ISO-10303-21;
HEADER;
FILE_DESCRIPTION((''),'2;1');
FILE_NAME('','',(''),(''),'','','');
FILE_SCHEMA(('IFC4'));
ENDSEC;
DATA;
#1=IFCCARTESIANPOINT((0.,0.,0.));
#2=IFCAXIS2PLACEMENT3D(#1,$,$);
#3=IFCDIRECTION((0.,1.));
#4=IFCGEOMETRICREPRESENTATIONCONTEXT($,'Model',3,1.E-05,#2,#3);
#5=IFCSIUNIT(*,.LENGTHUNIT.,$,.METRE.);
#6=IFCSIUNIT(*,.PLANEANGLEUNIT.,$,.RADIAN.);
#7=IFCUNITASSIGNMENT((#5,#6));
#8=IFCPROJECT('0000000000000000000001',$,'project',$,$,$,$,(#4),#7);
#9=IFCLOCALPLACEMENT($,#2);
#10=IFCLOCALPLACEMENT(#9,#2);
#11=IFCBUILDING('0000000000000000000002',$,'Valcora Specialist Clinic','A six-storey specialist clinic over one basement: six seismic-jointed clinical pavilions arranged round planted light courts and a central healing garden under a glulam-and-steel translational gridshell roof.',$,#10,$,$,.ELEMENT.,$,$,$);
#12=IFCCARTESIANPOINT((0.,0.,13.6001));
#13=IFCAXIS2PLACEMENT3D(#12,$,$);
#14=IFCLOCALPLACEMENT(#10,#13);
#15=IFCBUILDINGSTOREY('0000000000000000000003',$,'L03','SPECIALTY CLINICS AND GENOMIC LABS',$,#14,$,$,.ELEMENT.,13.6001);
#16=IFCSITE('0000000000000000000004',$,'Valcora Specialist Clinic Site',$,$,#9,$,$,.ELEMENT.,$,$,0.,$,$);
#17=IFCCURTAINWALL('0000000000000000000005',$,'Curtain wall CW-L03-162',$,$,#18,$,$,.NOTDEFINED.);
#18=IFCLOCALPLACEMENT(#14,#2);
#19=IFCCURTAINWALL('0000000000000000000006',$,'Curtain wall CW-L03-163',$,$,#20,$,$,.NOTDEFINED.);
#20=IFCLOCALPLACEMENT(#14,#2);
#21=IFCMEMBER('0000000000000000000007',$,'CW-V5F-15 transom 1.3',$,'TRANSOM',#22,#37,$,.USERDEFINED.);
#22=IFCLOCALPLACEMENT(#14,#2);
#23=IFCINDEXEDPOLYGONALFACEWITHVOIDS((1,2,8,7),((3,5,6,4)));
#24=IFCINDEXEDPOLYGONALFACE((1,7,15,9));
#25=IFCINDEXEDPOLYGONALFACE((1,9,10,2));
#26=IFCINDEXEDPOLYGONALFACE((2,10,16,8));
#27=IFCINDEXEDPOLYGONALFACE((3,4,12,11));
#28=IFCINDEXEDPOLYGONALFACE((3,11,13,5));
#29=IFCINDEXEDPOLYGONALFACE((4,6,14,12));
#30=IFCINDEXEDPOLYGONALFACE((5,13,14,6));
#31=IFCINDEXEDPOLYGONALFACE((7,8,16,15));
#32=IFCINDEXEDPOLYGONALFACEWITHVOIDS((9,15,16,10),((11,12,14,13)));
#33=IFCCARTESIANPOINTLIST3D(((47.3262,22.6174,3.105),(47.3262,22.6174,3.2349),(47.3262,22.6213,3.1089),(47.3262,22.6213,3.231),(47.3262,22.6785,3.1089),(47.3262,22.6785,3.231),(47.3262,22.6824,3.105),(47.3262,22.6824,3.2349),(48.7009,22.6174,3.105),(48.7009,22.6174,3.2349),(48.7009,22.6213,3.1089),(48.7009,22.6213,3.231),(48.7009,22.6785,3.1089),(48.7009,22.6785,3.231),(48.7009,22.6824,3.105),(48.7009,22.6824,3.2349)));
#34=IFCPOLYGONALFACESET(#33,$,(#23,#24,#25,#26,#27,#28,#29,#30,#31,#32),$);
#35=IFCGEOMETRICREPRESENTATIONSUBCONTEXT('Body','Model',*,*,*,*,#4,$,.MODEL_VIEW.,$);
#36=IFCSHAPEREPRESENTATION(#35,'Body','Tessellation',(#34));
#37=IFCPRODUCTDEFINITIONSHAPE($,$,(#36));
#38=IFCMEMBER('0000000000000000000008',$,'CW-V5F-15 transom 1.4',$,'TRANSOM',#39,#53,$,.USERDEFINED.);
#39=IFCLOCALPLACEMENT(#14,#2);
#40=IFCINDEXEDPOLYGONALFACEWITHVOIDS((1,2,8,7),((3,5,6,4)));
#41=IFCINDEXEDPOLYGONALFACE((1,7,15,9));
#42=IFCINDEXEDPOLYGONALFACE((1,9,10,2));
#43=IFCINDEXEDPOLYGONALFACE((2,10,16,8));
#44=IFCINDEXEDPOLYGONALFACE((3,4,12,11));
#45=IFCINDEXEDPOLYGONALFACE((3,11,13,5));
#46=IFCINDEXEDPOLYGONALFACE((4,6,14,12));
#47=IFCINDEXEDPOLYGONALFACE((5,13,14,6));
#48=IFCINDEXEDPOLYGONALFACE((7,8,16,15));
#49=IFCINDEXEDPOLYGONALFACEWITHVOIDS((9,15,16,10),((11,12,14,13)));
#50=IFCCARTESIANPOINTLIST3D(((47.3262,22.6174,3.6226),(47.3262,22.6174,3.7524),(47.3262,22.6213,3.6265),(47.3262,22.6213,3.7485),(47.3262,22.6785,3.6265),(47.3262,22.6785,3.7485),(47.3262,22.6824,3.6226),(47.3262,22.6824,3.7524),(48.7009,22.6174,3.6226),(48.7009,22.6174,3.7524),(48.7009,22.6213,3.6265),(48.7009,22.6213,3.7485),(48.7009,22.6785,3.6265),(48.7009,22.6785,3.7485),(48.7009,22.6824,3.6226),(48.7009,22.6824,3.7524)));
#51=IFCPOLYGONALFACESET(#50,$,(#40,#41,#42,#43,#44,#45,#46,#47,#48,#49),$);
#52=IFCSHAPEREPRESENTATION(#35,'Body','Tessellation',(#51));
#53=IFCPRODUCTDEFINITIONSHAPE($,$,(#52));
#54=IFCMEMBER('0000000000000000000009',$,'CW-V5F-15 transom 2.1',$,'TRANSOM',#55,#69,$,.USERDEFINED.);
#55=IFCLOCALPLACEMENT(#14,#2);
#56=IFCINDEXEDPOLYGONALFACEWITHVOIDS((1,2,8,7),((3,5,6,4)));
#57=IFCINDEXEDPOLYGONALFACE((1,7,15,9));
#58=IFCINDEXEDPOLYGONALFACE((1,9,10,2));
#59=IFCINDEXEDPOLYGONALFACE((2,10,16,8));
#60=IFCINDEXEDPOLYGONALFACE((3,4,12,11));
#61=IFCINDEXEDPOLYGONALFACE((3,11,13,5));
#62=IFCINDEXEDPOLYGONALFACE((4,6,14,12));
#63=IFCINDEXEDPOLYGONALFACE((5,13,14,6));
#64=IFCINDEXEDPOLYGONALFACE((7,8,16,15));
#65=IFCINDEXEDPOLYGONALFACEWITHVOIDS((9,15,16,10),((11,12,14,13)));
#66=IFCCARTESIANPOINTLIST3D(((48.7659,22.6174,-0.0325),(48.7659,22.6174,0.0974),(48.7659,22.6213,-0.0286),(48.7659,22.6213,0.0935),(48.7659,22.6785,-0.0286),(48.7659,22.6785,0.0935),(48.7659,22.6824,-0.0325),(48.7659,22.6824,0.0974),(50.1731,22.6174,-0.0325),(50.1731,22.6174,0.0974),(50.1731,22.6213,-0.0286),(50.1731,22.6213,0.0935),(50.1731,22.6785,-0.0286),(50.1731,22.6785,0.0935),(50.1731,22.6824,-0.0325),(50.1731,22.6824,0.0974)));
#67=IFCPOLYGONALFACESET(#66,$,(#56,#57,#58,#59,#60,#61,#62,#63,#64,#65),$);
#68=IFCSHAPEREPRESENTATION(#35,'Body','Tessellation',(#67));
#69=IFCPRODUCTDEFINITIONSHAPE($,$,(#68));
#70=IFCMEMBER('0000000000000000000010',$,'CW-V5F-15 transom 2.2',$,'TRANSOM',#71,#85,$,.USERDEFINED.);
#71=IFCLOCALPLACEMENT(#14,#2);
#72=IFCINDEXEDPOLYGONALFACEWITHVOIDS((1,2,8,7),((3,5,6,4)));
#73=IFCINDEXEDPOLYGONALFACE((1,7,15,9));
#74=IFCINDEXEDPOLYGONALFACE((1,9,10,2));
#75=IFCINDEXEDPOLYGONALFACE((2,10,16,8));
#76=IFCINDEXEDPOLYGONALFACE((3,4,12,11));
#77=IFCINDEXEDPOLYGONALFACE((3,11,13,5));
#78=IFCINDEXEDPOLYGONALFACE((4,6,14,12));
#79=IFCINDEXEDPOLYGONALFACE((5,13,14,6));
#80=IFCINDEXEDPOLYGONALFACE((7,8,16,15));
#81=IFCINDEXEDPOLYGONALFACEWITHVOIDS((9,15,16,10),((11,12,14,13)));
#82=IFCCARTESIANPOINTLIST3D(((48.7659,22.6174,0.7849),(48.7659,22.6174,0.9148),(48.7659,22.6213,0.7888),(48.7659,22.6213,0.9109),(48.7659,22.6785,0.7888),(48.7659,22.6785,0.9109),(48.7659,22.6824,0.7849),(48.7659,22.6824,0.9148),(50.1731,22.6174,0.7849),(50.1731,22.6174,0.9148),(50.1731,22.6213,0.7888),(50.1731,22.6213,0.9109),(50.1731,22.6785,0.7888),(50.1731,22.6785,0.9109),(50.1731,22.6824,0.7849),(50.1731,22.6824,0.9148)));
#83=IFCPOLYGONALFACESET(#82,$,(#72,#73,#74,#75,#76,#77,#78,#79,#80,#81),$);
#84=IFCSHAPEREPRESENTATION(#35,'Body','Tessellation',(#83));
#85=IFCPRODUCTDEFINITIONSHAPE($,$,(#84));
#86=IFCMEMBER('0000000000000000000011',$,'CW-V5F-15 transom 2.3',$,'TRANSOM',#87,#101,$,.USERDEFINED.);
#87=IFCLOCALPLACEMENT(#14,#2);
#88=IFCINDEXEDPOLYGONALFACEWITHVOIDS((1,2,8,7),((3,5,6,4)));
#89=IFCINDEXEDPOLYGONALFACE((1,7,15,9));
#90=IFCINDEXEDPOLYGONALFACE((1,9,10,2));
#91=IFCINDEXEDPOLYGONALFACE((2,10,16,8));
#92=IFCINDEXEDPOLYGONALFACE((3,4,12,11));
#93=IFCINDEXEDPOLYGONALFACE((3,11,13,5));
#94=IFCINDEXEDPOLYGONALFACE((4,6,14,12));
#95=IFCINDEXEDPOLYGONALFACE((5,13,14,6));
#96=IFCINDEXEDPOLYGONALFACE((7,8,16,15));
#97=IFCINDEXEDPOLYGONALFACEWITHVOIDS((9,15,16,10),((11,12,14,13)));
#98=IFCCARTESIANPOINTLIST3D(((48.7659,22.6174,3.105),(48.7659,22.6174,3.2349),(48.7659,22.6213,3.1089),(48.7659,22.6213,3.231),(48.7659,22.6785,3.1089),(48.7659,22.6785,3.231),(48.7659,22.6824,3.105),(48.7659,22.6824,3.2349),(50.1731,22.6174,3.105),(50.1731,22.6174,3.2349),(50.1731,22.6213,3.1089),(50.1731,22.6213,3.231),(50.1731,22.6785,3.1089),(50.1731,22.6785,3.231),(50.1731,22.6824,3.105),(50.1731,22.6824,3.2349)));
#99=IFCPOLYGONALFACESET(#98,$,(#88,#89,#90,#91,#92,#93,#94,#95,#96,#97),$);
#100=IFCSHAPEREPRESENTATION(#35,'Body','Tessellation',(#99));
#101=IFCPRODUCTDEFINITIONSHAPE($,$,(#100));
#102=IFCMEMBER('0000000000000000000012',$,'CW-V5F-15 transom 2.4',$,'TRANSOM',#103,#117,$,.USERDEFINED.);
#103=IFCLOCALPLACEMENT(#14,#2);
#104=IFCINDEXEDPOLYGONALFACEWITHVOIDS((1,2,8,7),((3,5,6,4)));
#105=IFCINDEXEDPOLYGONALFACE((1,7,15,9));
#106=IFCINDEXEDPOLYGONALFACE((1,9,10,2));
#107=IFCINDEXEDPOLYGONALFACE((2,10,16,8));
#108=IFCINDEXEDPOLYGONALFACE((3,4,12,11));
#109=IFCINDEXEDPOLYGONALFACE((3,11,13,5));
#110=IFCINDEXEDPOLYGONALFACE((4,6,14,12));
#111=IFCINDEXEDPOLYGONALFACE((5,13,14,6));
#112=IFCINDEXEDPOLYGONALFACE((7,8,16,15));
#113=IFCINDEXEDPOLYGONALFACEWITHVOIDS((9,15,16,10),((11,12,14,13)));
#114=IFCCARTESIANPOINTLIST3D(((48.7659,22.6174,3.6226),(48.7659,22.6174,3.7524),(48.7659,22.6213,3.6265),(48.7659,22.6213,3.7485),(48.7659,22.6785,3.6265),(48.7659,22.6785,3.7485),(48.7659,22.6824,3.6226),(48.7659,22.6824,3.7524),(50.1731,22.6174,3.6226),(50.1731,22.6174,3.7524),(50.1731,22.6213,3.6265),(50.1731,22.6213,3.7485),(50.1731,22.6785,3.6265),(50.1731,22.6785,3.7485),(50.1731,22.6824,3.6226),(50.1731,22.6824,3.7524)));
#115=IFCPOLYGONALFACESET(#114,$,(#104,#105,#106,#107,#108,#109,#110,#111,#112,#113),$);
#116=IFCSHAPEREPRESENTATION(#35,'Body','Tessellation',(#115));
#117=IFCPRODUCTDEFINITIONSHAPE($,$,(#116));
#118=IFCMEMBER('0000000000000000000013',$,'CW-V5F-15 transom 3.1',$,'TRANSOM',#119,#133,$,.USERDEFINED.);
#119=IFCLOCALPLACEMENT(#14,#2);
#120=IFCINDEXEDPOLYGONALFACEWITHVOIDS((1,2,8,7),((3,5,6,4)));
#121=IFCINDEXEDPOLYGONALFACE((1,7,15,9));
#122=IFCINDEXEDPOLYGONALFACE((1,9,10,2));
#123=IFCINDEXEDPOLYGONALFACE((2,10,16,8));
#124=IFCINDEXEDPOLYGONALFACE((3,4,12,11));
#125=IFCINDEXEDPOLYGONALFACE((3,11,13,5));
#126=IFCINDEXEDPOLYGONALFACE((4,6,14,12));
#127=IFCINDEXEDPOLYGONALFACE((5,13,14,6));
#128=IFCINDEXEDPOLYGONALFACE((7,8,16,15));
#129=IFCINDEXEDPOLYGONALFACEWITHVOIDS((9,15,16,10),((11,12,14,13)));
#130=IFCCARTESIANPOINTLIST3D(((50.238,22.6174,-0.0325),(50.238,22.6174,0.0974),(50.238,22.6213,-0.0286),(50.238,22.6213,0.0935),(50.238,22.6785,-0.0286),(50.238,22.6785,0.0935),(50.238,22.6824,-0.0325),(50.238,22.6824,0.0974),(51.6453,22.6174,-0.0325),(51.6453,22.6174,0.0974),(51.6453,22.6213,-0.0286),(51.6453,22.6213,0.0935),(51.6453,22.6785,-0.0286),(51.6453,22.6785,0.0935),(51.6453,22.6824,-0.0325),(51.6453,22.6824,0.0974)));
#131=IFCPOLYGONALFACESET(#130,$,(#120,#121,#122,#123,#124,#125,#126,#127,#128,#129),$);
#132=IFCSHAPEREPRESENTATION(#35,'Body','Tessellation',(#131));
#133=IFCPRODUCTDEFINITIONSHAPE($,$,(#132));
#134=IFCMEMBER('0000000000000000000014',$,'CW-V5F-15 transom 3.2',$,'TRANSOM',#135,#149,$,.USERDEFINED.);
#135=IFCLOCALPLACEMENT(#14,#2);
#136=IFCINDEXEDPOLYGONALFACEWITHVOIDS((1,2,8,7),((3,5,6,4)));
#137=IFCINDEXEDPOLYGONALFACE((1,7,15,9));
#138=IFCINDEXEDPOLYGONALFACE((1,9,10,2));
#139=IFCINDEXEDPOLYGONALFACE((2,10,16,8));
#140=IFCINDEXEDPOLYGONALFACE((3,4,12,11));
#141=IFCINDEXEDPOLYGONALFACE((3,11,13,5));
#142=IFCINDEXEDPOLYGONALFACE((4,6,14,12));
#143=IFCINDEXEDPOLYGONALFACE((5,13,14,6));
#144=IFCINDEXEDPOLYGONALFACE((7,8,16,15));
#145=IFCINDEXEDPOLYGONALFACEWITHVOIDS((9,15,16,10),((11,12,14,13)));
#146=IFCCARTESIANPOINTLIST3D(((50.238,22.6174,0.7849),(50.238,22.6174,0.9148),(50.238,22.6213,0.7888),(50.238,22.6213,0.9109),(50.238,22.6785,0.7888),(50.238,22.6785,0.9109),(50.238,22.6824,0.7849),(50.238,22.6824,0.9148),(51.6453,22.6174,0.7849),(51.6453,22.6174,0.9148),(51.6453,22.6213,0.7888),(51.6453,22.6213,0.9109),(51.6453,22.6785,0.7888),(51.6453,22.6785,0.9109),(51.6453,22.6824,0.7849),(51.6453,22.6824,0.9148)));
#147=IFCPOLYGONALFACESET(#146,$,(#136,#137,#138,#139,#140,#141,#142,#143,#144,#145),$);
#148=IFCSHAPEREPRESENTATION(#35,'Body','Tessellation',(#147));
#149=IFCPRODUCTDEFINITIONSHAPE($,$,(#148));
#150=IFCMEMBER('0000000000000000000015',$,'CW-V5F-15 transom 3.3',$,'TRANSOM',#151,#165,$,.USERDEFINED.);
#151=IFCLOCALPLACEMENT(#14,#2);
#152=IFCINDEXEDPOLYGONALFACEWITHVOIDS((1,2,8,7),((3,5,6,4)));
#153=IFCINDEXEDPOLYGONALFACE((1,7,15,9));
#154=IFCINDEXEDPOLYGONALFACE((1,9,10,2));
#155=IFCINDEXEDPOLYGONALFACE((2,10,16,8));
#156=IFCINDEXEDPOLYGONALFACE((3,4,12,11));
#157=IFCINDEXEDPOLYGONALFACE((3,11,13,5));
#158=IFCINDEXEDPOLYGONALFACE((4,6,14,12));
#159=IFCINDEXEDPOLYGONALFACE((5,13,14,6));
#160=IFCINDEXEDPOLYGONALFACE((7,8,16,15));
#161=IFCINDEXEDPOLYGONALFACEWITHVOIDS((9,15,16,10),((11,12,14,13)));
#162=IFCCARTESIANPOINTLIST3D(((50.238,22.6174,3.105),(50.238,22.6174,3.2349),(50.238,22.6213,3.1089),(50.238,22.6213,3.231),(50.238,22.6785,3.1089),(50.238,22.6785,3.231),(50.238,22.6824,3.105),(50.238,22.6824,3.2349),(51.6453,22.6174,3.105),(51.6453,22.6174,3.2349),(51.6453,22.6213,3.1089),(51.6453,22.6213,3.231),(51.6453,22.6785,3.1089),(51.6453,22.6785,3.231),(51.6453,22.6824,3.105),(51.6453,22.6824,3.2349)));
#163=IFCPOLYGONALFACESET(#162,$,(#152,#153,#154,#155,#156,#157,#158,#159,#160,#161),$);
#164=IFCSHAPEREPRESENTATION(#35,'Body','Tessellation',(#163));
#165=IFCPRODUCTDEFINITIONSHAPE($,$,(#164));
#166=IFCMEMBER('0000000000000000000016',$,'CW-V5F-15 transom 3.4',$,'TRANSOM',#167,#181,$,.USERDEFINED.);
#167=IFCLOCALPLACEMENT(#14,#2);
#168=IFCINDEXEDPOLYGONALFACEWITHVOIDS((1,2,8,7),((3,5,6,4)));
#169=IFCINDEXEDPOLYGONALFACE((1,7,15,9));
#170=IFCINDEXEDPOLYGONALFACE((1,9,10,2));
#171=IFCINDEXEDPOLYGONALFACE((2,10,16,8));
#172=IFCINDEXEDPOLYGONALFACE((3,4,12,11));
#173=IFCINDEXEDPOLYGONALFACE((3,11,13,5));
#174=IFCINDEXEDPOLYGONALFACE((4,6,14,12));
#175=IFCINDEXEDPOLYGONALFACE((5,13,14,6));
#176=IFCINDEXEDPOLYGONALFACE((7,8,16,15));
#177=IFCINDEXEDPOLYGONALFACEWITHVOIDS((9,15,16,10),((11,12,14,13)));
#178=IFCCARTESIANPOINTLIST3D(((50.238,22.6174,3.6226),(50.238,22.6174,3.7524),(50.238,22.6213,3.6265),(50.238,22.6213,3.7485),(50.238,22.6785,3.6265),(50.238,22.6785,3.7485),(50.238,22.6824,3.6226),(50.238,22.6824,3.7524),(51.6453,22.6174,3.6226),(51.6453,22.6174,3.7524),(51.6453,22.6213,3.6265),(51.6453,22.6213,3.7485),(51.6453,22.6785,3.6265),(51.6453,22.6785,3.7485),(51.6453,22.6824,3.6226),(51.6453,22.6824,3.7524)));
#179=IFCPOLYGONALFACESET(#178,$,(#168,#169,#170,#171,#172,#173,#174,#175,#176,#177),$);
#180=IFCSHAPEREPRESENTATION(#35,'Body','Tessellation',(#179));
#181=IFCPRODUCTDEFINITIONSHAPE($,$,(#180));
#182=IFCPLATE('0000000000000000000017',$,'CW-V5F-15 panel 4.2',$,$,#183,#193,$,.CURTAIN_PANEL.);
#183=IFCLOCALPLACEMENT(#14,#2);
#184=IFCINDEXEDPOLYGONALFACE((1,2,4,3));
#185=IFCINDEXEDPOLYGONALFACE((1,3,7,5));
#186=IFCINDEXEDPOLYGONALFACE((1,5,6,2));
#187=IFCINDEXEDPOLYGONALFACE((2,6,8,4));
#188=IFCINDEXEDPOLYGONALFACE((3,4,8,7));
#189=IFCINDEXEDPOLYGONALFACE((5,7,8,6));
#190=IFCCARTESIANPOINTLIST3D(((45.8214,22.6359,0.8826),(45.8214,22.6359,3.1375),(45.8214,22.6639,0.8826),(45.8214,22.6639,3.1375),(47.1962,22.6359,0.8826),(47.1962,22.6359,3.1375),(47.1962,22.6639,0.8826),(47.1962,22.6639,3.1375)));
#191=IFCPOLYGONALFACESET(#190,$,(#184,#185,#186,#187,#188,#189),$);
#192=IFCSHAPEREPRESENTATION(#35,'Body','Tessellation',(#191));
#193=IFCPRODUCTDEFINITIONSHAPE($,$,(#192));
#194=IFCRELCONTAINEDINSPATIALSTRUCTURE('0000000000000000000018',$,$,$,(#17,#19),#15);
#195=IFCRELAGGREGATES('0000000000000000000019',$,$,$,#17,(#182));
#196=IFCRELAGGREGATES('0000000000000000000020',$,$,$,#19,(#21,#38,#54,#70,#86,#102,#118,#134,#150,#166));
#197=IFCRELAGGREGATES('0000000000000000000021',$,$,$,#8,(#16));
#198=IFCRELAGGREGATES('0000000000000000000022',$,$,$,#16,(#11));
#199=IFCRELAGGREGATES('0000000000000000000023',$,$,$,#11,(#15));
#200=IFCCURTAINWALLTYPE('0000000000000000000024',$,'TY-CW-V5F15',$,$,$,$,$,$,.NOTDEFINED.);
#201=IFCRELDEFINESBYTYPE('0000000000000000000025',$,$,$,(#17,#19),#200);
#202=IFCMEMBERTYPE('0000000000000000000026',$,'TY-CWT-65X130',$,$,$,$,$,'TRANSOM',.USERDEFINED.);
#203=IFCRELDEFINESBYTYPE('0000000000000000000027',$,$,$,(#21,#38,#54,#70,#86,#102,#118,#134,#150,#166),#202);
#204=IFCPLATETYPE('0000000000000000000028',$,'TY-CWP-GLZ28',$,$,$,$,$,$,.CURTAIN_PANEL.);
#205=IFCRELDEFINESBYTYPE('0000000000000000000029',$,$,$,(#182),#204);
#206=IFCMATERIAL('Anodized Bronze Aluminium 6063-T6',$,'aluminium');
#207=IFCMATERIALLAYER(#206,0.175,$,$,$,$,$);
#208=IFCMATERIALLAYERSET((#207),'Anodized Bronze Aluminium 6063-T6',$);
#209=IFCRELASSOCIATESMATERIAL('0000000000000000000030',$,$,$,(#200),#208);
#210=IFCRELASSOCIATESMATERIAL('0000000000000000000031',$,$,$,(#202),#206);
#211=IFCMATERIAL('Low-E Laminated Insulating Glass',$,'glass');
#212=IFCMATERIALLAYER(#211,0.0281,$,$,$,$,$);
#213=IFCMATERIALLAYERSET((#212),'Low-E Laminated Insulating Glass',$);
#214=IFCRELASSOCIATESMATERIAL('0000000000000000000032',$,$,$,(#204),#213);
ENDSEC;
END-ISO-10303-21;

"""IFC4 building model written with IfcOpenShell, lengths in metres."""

from ifc_helpers import new_model, si_unit, direction, frame, origin, origin_2d, place, context, subcontext, project, spatial, rectangle, hollow_rectangle, extrude, material, layer, layer_set, material_profile, profile_set, type_object, element, aggregate, save


model = new_model("IFC4")

# Units and contexts
model_context = context("Model", 3, precision=1e-05, world=origin(), true_north=direction((0.0, 1.0)))
body_context = subcontext(model_context, "Body", "Model", "MODEL_VIEW")
ifc_project = project(units=[si_unit("LENGTHUNIT", "METRE"), si_unit("PLANEANGLEUNIT", "RADIAN")], contexts=[model_context])

# Site, building, storey
site_placement = place(None, origin())
site = spatial("IfcSite", under=ifc_project, at=site_placement, Name="Valcora Specialist Clinic Site", CompositionType="ELEMENT", RefElevation=0.0)
building_placement = place(site_placement, origin())
building = spatial("IfcBuilding", under=site, at=building_placement, Name="Valcora Specialist Clinic", Description="A six-storey specialist clinic over one basement: six seismic-jointed clinical pavilions arranged round planted light courts and a central healing garden under a glulam-and-steel translational gridshell roof.", CompositionType="ELEMENT")
storey_placement = place(building_placement, frame((0.0, 0.0, 13.6001)))
storey = spatial("IfcBuildingStorey", under=building, at=storey_placement, Name="L03", Description="SPECIALTY CLINICS AND GENOMIC LABS", CompositionType="ELEMENT", Elevation=13.6001)

# Curtain walls
ifc_material_1 = material(Name="Anodized Bronze Aluminium 6063-T6", Category="aluminium")
ifc_layer_1 = layer(ifc_material_1, 0.175)
ifc_layer_set_1 = layer_set([ifc_layer_1], Name="Anodized Bronze Aluminium 6063-T6")
curtain_wall_type = type_object("IfcCurtainWallType", Name="TY-CW-V5F15", PredefinedType="NOTDEFINED", material=ifc_layer_set_1)
curtain_wall_1_placement = place(storey_placement, origin())
curtain_wall_1 = element("IfcCurtainWall", 1, at=curtain_wall_1_placement, inside=storey, type_object=curtain_wall_type, Name="Curtain wall CW-L03-162", PredefinedType="NOTDEFINED")
curtain_wall_2_placement = place(storey_placement, origin())
curtain_wall_2 = element("IfcCurtainWall", 2, at=curtain_wall_2_placement, inside=storey, type_object=curtain_wall_type, Name="Curtain wall CW-L03-163", PredefinedType="NOTDEFINED")

# Members
ifc_material_profile_1 = material_profile(ifc_material_1, hollow_rectangle(XDim=0.0649, YDim=0.1299, WallThickness=0.0039, at=origin_2d()), Name="AL-TRN-65X130")
ifc_profile_set_1 = profile_set([ifc_material_profile_1], Name="Anodized Bronze Aluminium 6063-T6")
member_type_1 = type_object("IfcMemberType", Name="TY-CWT-65X130", ElementType="TRANSOM", PredefinedType="USERDEFINED", material=ifc_profile_set_1)
member_1_placement = place(storey_placement, frame((47.3262, 22.6499, 3.1699), z_axis=(1.0, 0.0, 0.0), x_axis=(0.0, 1.0, 0.0)))
member_1 = element("IfcMember", 3, at=member_1_placement, type_object=member_type_1, Name="CW-V5F-15 transom 1.3", ObjectType="TRANSOM", PredefinedType="USERDEFINED", context=body_context, shape_type="SweptSolid", body=[
    extrude(hollow_rectangle(XDim=0.0649, YDim=0.1299, WallThickness=0.0039, at=origin_2d()), origin(), (0.0, 0.0, 1.0), 1.3748),
])
member_2_placement = place(storey_placement, frame((47.3262, 22.6499, 3.6875), z_axis=(1.0, 0.0, 0.0), x_axis=(0.0, 1.0, 0.0)))
member_2 = element("IfcMember", 4, at=member_2_placement, type_object=member_type_1, Name="CW-V5F-15 transom 1.4", ObjectType="TRANSOM", PredefinedType="USERDEFINED", context=body_context, shape_type="SweptSolid", body=[
    extrude(hollow_rectangle(XDim=0.0649, YDim=0.1299, WallThickness=0.0039, at=origin_2d()), origin(), (0.0, 0.0, 1.0), 1.3748),
])
member_3_placement = place(storey_placement, frame((48.7659, 22.6499, 0.0325), z_axis=(1.0, 0.0, 0.0), x_axis=(0.0, 1.0, 0.0)))
member_3 = element("IfcMember", 5, at=member_3_placement, type_object=member_type_1, Name="CW-V5F-15 transom 2.1", ObjectType="TRANSOM", PredefinedType="USERDEFINED", context=body_context, shape_type="SweptSolid", body=[
    extrude(hollow_rectangle(XDim=0.0649, YDim=0.1299, WallThickness=0.0039, at=origin_2d()), origin(), (0.0, 0.0, 1.0), 1.4072),
])
member_4_placement = place(storey_placement, frame((48.7659, 22.6499, 0.8499), z_axis=(1.0, 0.0, 0.0), x_axis=(0.0, 1.0, 0.0)))
member_4 = element("IfcMember", 6, at=member_4_placement, type_object=member_type_1, Name="CW-V5F-15 transom 2.2", ObjectType="TRANSOM", PredefinedType="USERDEFINED", context=body_context, shape_type="SweptSolid", body=[
    extrude(hollow_rectangle(XDim=0.0649, YDim=0.1299, WallThickness=0.0039, at=origin_2d()), origin(), (0.0, 0.0, 1.0), 1.4072),
])
member_5_placement = place(storey_placement, frame((48.7659, 22.6499, 3.1699), z_axis=(1.0, 0.0, 0.0), x_axis=(0.0, 1.0, 0.0)))
member_5 = element("IfcMember", 7, at=member_5_placement, type_object=member_type_1, Name="CW-V5F-15 transom 2.3", ObjectType="TRANSOM", PredefinedType="USERDEFINED", context=body_context, shape_type="SweptSolid", body=[
    extrude(hollow_rectangle(XDim=0.0649, YDim=0.1299, WallThickness=0.0039, at=origin_2d()), origin(), (0.0, 0.0, 1.0), 1.4072),
])
member_6_placement = place(storey_placement, frame((48.7659, 22.6499, 3.6875), z_axis=(1.0, 0.0, 0.0), x_axis=(0.0, 1.0, 0.0)))
member_6 = element("IfcMember", 8, at=member_6_placement, type_object=member_type_1, Name="CW-V5F-15 transom 2.4", ObjectType="TRANSOM", PredefinedType="USERDEFINED", context=body_context, shape_type="SweptSolid", body=[
    extrude(hollow_rectangle(XDim=0.0649, YDim=0.1299, WallThickness=0.0039, at=origin_2d()), origin(), (0.0, 0.0, 1.0), 1.4072),
])
member_7_placement = place(storey_placement, frame((50.238, 22.6499, 0.0325), z_axis=(1.0, 0.0, 0.0), x_axis=(0.0, 1.0, 0.0)))
member_7 = element("IfcMember", 9, at=member_7_placement, type_object=member_type_1, Name="CW-V5F-15 transom 3.1", ObjectType="TRANSOM", PredefinedType="USERDEFINED", context=body_context, shape_type="SweptSolid", body=[
    extrude(hollow_rectangle(XDim=0.0649, YDim=0.1299, WallThickness=0.0039, at=origin_2d()), origin(), (0.0, 0.0, 1.0), 1.4072),
])
member_8_placement = place(storey_placement, frame((50.238, 22.6499, 0.8499), z_axis=(1.0, 0.0, 0.0), x_axis=(0.0, 1.0, 0.0)))
member_8 = element("IfcMember", 10, at=member_8_placement, type_object=member_type_1, Name="CW-V5F-15 transom 3.2", ObjectType="TRANSOM", PredefinedType="USERDEFINED", context=body_context, shape_type="SweptSolid", body=[
    extrude(hollow_rectangle(XDim=0.0649, YDim=0.1299, WallThickness=0.0039, at=origin_2d()), origin(), (0.0, 0.0, 1.0), 1.4072),
])
member_9_placement = place(storey_placement, frame((50.238, 22.6499, 3.1699), z_axis=(1.0, 0.0, 0.0), x_axis=(0.0, 1.0, 0.0)))
member_9 = element("IfcMember", 11, at=member_9_placement, type_object=member_type_1, Name="CW-V5F-15 transom 3.3", ObjectType="TRANSOM", PredefinedType="USERDEFINED", context=body_context, shape_type="SweptSolid", body=[
    extrude(hollow_rectangle(XDim=0.0649, YDim=0.1299, WallThickness=0.0039, at=origin_2d()), origin(), (0.0, 0.0, 1.0), 1.4072),
])
member_10_placement = place(storey_placement, frame((50.238, 22.6499, 3.6875), z_axis=(1.0, 0.0, 0.0), x_axis=(0.0, 1.0, 0.0)))
member_10 = element("IfcMember", 12, at=member_10_placement, type_object=member_type_1, Name="CW-V5F-15 transom 3.4", ObjectType="TRANSOM", PredefinedType="USERDEFINED", context=body_context, shape_type="SweptSolid", body=[
    extrude(hollow_rectangle(XDim=0.0649, YDim=0.1299, WallThickness=0.0039, at=origin_2d()), origin(), (0.0, 0.0, 1.0), 1.4072),
])

# Plate
ifc_material_2 = material(Name="Low-E Laminated Insulating Glass", Category="glass")
ifc_layer_2 = layer(ifc_material_2, 0.0281)
ifc_layer_set_2 = layer_set([ifc_layer_2], Name="Low-E Laminated Insulating Glass")
plate_type_1 = type_object("IfcPlateType", Name="TY-CWP-GLZ28", PredefinedType="CURTAIN_PANEL", material=ifc_layer_set_2)
plate_1_placement = place(storey_placement, frame((46.5088, 22.6499, 0.8826), z_axis=(0.0, 0.0, 1.0), x_axis=(1.0, 0.0, 0.0)))
plate_1 = element("IfcPlate", 13, at=plate_1_placement, type_object=plate_type_1, Name="CW-V5F-15 panel 4.2", PredefinedType="CURTAIN_PANEL", context=body_context, shape_type="SweptSolid", body=[
    extrude(rectangle(XDim=1.3748, YDim=0.0281, at=origin_2d()), origin(), (0.0, 0.0, 1.0), 2.2549),
])
aggregate(curtain_wall_1, [plate_1])
aggregate(curtain_wall_2, [member_1, member_2, member_3, member_4, member_5, member_6, member_7, member_8, member_9, member_10])

save(model, "model.ifc")
